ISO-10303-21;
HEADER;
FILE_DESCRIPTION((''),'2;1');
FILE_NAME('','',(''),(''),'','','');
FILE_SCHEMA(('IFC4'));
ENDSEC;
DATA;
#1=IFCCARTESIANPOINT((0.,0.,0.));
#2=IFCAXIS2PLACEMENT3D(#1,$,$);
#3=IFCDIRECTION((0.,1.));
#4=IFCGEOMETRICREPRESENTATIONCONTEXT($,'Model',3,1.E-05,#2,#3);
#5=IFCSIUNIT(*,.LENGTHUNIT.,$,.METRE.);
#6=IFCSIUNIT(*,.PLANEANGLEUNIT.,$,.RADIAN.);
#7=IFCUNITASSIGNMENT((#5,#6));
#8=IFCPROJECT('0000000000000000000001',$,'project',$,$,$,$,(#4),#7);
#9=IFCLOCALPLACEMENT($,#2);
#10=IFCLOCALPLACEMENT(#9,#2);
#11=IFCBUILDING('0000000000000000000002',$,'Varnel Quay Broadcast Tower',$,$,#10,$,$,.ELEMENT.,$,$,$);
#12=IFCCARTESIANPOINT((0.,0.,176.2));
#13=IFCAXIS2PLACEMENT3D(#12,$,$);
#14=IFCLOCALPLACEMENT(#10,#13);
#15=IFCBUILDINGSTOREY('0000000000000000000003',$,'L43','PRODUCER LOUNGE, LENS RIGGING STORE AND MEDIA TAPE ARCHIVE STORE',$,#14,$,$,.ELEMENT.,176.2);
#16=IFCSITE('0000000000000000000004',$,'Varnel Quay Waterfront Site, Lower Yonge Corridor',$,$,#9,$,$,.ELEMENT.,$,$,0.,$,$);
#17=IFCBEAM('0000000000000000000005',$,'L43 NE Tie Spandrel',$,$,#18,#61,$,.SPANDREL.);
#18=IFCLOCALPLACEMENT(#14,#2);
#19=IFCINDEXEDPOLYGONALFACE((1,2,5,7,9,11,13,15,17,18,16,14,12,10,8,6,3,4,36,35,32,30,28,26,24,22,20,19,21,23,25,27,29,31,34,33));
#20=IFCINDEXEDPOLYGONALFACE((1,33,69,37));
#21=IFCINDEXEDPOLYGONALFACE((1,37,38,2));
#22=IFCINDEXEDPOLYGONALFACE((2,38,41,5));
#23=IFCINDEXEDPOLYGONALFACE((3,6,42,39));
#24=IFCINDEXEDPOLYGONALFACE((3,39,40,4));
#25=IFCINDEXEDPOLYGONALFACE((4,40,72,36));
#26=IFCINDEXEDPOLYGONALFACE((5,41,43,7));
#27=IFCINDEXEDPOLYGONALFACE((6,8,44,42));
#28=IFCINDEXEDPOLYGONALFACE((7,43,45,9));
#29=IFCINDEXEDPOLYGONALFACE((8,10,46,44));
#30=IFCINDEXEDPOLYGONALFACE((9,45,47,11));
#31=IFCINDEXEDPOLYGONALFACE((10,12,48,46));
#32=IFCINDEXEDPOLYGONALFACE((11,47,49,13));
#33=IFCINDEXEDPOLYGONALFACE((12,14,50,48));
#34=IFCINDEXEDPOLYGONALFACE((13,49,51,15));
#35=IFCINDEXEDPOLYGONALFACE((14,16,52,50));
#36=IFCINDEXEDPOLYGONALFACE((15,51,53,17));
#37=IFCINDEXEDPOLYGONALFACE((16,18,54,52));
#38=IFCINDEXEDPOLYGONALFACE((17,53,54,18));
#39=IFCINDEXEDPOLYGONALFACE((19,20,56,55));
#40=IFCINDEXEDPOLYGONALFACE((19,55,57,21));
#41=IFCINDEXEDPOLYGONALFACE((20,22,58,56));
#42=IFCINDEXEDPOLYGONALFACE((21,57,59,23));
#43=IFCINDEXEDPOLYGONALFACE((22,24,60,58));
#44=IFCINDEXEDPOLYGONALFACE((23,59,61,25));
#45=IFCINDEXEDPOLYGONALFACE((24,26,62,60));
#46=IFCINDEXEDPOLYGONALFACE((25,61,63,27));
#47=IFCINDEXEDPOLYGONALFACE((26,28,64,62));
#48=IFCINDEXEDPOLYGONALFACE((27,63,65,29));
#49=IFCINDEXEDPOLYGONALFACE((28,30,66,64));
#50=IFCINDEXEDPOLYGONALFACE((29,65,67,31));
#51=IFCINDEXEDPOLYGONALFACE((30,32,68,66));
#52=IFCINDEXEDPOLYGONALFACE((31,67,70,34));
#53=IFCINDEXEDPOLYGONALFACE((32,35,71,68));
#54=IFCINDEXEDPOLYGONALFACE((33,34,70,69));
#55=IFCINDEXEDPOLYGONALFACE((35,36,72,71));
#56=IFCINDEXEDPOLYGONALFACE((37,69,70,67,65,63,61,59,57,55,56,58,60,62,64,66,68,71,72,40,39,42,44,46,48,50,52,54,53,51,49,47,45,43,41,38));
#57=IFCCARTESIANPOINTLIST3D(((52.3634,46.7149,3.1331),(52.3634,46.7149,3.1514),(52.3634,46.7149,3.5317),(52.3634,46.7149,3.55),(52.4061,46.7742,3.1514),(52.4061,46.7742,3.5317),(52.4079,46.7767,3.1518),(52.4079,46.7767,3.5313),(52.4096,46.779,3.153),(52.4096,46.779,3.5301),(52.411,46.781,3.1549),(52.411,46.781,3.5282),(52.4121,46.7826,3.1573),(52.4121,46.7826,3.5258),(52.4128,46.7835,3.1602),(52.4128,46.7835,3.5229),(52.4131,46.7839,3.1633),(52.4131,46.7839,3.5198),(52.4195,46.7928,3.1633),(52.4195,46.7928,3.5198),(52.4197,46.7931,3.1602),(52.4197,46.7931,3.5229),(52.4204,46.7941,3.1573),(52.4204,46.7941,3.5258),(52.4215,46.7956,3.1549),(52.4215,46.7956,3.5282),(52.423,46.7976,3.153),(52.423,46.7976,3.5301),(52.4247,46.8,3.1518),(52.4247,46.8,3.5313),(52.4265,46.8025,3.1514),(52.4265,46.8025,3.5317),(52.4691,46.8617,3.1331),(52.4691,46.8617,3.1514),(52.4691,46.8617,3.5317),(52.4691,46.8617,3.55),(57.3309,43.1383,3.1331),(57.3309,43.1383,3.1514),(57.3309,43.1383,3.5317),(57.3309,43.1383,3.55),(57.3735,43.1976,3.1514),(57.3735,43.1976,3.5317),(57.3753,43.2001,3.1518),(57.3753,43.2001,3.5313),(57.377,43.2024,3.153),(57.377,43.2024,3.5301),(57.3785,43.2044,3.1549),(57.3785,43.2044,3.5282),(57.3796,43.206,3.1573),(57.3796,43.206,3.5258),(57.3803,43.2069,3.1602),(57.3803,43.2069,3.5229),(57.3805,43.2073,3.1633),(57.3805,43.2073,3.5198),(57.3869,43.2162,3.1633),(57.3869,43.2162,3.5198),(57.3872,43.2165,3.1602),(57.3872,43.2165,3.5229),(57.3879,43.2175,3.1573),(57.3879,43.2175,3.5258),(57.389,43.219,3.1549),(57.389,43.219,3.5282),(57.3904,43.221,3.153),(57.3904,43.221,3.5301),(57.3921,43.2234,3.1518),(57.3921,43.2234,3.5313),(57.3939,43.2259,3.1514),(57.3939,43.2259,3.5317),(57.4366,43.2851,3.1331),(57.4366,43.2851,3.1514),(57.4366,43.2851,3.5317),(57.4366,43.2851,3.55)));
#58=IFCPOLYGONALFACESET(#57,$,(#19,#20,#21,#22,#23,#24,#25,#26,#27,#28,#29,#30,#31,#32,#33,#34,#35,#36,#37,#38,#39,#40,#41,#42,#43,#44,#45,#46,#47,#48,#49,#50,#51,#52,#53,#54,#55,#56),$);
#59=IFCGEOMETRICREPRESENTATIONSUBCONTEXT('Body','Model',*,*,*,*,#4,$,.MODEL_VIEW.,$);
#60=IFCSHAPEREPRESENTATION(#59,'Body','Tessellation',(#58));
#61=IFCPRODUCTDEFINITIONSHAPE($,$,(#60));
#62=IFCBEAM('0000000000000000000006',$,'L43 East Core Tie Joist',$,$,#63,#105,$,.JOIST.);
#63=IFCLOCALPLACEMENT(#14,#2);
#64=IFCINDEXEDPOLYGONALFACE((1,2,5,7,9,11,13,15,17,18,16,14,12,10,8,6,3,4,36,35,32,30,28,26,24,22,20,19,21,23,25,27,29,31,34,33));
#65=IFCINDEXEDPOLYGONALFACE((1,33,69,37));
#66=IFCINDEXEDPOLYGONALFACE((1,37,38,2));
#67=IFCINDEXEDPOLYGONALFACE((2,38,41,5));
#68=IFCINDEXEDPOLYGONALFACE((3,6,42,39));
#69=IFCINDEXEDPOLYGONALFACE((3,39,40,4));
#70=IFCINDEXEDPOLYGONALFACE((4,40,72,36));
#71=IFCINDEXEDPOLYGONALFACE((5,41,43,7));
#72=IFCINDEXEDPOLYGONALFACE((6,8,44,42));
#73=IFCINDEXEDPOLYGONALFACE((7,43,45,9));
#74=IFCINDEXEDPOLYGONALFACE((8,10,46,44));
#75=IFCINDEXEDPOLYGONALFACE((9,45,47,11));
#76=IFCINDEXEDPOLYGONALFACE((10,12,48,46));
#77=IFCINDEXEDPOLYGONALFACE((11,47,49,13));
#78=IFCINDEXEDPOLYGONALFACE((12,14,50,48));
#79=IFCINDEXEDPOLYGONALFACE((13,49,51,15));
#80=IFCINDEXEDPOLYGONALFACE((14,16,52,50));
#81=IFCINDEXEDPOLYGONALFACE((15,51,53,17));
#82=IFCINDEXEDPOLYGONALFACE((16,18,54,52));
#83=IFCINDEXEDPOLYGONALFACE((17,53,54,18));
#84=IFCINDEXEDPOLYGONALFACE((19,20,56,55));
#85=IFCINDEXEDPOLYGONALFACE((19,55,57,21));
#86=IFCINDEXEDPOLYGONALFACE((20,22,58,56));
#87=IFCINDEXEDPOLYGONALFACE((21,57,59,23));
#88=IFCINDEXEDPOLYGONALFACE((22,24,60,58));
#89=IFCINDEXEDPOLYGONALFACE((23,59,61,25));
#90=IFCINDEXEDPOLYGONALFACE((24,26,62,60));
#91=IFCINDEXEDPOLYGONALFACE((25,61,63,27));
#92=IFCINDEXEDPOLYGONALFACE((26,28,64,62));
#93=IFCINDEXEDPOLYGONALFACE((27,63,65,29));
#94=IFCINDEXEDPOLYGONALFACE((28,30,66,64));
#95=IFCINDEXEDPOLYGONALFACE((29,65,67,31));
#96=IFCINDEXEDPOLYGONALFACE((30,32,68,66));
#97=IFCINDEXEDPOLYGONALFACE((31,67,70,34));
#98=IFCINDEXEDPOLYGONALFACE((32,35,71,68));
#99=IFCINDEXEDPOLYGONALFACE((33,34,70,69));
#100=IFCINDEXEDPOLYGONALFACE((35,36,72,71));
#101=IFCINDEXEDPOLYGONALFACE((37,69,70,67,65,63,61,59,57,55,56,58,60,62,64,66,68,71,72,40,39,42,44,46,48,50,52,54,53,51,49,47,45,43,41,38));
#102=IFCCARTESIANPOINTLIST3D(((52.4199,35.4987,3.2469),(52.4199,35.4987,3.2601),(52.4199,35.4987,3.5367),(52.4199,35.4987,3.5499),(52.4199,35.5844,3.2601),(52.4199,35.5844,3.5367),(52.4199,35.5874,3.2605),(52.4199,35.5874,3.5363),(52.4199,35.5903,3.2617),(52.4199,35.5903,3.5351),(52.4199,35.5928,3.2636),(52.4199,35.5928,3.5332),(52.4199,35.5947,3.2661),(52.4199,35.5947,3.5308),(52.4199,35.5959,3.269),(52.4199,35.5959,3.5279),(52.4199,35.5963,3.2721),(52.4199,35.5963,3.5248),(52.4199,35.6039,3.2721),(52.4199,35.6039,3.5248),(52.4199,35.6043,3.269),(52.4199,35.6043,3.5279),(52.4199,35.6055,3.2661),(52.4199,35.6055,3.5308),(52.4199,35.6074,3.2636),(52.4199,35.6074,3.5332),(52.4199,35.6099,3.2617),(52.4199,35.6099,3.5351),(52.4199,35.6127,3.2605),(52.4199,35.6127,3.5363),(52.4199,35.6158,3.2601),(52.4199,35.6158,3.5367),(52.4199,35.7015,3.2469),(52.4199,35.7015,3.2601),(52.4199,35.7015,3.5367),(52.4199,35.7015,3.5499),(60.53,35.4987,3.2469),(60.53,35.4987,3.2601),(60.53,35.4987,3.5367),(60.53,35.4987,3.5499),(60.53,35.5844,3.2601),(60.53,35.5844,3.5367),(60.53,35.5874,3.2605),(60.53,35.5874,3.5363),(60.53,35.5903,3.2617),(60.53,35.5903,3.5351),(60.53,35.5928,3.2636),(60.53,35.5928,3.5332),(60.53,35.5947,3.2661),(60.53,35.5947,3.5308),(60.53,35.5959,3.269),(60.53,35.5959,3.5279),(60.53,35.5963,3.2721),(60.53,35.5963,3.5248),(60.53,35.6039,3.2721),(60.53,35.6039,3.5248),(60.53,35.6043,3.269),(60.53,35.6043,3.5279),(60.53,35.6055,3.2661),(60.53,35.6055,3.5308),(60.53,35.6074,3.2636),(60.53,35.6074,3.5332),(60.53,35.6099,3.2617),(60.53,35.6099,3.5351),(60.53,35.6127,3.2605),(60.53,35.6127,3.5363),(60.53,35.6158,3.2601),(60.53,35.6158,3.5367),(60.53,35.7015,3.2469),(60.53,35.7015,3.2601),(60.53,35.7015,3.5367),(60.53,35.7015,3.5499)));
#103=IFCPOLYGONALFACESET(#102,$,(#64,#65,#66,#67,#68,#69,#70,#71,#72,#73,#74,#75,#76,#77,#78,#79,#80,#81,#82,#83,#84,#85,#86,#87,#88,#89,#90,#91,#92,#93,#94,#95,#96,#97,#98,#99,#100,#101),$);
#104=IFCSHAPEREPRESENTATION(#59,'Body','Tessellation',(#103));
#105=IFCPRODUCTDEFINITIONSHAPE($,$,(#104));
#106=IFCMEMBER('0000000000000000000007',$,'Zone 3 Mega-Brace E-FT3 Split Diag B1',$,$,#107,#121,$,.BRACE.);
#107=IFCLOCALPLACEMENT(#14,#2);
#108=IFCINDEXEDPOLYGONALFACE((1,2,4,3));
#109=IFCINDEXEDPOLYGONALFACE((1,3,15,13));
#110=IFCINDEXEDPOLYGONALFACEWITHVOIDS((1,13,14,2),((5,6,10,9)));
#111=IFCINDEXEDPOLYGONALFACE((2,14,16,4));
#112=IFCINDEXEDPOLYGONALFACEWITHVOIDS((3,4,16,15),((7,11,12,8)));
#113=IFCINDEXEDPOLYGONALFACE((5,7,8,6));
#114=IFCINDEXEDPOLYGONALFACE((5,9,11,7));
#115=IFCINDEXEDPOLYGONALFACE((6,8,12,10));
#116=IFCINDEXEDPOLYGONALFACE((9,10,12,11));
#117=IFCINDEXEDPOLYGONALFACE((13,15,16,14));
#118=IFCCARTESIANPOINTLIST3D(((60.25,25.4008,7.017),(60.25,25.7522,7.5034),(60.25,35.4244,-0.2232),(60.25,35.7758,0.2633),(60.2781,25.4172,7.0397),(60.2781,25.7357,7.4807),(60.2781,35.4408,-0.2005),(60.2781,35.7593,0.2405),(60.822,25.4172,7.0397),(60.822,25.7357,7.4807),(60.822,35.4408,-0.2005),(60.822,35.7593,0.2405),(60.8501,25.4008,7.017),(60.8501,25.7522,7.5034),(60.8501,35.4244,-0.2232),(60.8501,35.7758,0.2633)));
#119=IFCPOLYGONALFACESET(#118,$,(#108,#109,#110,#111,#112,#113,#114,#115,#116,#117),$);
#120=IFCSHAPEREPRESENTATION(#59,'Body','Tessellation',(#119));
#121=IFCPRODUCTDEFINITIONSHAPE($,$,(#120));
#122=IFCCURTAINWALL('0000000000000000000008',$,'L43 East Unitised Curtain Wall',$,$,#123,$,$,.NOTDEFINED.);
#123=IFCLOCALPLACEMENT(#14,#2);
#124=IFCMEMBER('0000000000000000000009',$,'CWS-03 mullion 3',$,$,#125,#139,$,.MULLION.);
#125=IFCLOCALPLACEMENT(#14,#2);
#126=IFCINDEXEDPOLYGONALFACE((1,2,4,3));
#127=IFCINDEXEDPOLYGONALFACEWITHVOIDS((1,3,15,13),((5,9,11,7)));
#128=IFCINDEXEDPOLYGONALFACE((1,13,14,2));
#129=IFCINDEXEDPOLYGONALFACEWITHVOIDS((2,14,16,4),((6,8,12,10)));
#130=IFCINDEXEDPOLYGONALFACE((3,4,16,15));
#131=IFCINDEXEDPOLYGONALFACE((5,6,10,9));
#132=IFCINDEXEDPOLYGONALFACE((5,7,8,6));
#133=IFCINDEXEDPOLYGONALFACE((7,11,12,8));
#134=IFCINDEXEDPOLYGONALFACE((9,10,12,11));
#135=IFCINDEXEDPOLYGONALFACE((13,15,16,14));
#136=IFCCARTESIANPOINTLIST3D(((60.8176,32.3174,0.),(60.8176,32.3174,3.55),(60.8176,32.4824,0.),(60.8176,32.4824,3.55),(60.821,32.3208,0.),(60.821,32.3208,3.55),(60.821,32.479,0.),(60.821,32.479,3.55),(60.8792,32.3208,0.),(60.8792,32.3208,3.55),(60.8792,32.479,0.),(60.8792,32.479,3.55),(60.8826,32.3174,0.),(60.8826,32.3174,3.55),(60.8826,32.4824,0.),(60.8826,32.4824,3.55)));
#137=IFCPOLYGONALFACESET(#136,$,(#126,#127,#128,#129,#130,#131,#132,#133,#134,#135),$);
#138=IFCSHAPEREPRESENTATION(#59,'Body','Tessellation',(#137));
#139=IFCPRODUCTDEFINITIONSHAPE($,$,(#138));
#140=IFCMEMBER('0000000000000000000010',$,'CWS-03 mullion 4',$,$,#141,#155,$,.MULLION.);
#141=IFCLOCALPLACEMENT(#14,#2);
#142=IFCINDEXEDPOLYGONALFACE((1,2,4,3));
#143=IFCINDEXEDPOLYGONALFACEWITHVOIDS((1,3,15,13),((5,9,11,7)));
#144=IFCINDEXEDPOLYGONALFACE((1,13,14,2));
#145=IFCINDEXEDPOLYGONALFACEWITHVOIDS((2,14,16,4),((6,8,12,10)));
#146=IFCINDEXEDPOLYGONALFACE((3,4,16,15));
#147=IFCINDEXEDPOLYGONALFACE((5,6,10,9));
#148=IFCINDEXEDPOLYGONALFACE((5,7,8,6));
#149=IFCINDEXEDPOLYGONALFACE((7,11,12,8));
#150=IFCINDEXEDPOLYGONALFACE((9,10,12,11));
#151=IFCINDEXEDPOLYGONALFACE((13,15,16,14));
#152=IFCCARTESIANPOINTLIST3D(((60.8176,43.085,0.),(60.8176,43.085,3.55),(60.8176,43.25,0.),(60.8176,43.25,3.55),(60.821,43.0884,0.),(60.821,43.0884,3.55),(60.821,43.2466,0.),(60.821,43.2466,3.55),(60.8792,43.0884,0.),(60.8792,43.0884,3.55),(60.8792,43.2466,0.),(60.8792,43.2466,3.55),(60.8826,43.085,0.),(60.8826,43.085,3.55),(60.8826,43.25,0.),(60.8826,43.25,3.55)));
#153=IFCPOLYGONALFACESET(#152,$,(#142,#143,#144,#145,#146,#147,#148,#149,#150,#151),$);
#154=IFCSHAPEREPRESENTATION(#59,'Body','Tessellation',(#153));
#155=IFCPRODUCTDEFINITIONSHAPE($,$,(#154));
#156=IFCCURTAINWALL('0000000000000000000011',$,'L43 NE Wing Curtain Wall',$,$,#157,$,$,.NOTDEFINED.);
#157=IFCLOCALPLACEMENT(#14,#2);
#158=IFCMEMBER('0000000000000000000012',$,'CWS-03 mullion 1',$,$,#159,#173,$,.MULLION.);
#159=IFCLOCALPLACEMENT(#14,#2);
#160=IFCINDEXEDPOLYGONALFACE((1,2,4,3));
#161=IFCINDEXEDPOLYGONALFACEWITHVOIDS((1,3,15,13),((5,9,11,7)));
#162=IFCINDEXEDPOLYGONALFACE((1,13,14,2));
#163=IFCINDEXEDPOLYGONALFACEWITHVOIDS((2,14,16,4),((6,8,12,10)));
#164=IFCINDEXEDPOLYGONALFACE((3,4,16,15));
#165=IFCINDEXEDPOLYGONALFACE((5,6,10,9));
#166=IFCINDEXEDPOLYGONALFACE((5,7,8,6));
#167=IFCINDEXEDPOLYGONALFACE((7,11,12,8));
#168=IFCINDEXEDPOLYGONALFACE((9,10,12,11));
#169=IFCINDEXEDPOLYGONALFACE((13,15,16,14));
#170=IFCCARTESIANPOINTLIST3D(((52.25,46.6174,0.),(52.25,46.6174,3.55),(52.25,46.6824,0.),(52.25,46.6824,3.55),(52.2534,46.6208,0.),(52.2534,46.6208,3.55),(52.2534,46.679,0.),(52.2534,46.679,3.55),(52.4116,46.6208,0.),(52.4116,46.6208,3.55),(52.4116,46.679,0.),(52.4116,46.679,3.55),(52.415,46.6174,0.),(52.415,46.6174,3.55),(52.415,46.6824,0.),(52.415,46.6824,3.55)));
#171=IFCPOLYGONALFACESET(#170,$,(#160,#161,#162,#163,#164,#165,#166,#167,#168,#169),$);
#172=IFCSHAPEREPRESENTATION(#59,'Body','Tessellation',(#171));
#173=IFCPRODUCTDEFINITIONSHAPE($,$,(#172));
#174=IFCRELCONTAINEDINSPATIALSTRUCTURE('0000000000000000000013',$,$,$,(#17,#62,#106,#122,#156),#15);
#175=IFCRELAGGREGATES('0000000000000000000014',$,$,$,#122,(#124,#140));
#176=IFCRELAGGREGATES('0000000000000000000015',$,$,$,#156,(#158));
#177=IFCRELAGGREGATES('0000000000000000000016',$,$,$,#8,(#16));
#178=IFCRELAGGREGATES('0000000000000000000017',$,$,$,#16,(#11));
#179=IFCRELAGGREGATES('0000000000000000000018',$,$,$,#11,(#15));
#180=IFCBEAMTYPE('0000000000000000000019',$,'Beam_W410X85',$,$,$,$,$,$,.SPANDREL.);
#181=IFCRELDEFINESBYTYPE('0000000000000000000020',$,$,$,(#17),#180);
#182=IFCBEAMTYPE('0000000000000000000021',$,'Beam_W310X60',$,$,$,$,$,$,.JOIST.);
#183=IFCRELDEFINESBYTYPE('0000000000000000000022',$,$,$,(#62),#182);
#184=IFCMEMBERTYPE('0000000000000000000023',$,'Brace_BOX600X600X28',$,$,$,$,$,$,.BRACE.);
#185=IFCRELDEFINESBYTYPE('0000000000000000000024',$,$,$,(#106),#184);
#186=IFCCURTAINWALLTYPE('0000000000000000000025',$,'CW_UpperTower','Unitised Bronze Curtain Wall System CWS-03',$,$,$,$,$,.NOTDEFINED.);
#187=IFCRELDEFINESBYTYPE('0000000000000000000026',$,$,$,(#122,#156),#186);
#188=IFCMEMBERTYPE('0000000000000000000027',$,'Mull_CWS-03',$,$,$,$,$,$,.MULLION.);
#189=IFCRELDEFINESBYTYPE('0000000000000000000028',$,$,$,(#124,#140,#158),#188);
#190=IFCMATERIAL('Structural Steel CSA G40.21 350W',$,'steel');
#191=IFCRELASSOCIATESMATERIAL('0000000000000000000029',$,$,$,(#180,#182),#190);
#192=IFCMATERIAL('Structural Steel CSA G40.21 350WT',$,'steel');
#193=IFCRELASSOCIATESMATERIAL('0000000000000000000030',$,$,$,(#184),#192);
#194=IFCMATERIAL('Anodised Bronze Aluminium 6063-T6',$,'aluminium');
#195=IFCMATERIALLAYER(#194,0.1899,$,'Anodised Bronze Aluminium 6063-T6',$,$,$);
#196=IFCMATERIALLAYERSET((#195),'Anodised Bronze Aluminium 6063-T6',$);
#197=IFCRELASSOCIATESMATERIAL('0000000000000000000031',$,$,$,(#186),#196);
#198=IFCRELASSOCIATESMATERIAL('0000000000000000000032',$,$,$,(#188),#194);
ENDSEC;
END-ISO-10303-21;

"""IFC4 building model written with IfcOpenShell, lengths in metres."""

from ifc_helpers import new_model, si_unit, direction, frame, origin, origin_2d, place, context, subcontext, project, spatial, hollow_rectangle, i_section, extrude, source, transform, mapped, material, layer, layer_set, material_profile, profile_set, type_object, type_shapes, element, aggregate, save


model = new_model("IFC4")

# Units and contexts
model_context = context("Model", 3, precision=1e-05, world=origin(), true_north=direction((0.0, 1.0)))
body_context = subcontext(model_context, "Body", "Model", "MODEL_VIEW")
ifc_project = project(units=[si_unit("LENGTHUNIT", "METRE"), si_unit("PLANEANGLEUNIT", "RADIAN")], contexts=[model_context])

# Site, building, storey
site_placement = place(None, origin())
site = spatial("IfcSite", under=ifc_project, at=site_placement, Name="Varnel Quay Waterfront Site, Lower Yonge Corridor", CompositionType="ELEMENT", RefElevation=0.0)
building_placement = place(site_placement, origin())
building = spatial("IfcBuilding", under=site, at=building_placement, Name="Varnel Quay Broadcast Tower", CompositionType="ELEMENT")
storey_placement = place(building_placement, frame((0.0, 0.0, 176.2)))
storey = spatial("IfcBuildingStorey", under=building, at=storey_placement, Name="L43", Description="PRODUCER LOUNGE, LENS RIGGING STORE AND MEDIA TAPE ARCHIVE STORE", CompositionType="ELEMENT", Elevation=176.2)

# Shared definitions
ifc_material_1 = material(Name="Structural Steel CSA G40.21 350WT", Category="steel")
ifc_material_2 = material(Name="Structural Steel CSA G40.21 350W", Category="steel")

# Beams
ifc_material_profile_1 = material_profile(ifc_material_2, i_section(OverallWidth=0.1809, OverallDepth=0.417, WebThickness=0.011, FlangeThickness=0.0183, FilletRadius=0.012, at=origin_2d()), Name="W410X85")
ifc_profile_set_1 = profile_set([ifc_material_profile_1], Name="Structural Steel CSA G40.21 350W")
beam_type_1 = type_object("IfcBeamType", Name="Beam_W410X85", PredefinedType="SPANDREL", material=ifc_profile_set_1)
shared_shape_1 = source(origin(), body_context, "Body", "SweptSolid", [
    extrude(i_section(OverallWidth=0.1809, OverallDepth=0.417, WebThickness=0.011, FlangeThickness=0.0183, FilletRadius=0.012, at=origin_2d()), origin(), (0.0, 0.0, 1.0), 6.1211),
])
beam_1_placement = place(storey_placement, frame((52.4163, 46.7883, 3.3416), z_axis=(0.811531, -0.584309, 0.0), x_axis=(0.584309, 0.811531, 0.0)))
element("IfcBeam", 1, at=beam_1_placement, inside=storey, type_object=beam_type_1, Name="L43 NE Tie Spandrel", PredefinedType="SPANDREL", context=body_context, shape_type="MappedRepresentation", body=[
    mapped(shared_shape_1, transform((0.0, 0.0, 0.0), x_axis=(1.0, 0.0, 0.0), y_axis=(0.0, 1.0, 0.0), z_axis=(0.0, 0.0, 1.0), scale=1.0)),
])
ifc_material_profile_2 = material_profile(ifc_material_2, i_section(OverallWidth=0.2029, OverallDepth=0.303, WebThickness=0.0076, FlangeThickness=0.0132, FilletRadius=0.012, at=origin_2d()), Name="W310X60")
ifc_profile_set_2 = profile_set([ifc_material_profile_2], Name="Structural Steel CSA G40.21 350W")
beam_type_2 = type_object("IfcBeamType", Name="Beam_W310X60", PredefinedType="JOIST", material=ifc_profile_set_2)
shared_shape_2 = source(origin(), body_context, "Body", "SweptSolid", [
    extrude(i_section(OverallWidth=0.2029, OverallDepth=0.303, WebThickness=0.0076, FlangeThickness=0.0132, FilletRadius=0.012, at=origin_2d()), origin(), (0.0, 0.0, 1.0), 8.1101),
])
type_shapes(beam_type_2, [shared_shape_2])
beam_2_placement = place(storey_placement, frame((52.4199, 35.6001, 3.3984), z_axis=(1.0, 0.0, 0.0), x_axis=(0.0, 1.0, 0.0)))
element("IfcBeam", 2, at=beam_2_placement, inside=storey, type_object=beam_type_2, Name="L43 East Core Tie Joist", PredefinedType="JOIST", context=body_context, shape_type="MappedRepresentation", body=[
    mapped(shared_shape_2, transform((0.0, 0.0, 0.0), x_axis=(1.0, 0.0, 0.0), y_axis=(0.0, 1.0, 0.0), z_axis=(0.0, 0.0, 1.0), scale=1.0)),
])

# Member
ifc_material_profile_3 = material_profile(ifc_material_1, hollow_rectangle(XDim=0.6001, YDim=0.6001, WallThickness=0.0281, at=origin_2d()), Name="BOX600X600X28")
ifc_profile_set_3 = profile_set([ifc_material_profile_3], Name="Structural Steel CSA G40.21 350WT")
member_type_1 = type_object("IfcMemberType", Name="Brace_BOX600X600X28", PredefinedType="BRACE", material=ifc_profile_set_3)
shared_shape_3 = source(origin(), body_context, "Body", "SweptSolid", [
    extrude(hollow_rectangle(XDim=0.6001, YDim=0.6001, WallThickness=0.0281, at=origin_2d()), origin(), (0.0, 0.0, 1.0), 12.365),
])
type_shapes(member_type_1, [shared_shape_3])
member_1_placement = place(storey_placement, frame((60.55, 35.6001, 0.02), z_axis=(0.0, -0.810644, 0.585539), x_axis=(1.0, 0.0, 0.0)))
element("IfcMember", 3, at=member_1_placement, inside=storey, type_object=member_type_1, Name="Zone 3 Mega-Brace E-FT3 Split Diag B1", PredefinedType="BRACE", context=body_context, shape_type="MappedRepresentation", body=[
    mapped(shared_shape_3, transform((0.0, 0.0, 0.0), x_axis=(1.0, 0.0, 0.0), y_axis=(0.0, 1.0, 0.0), z_axis=(0.0, 0.0, 1.0), scale=1.0)),
])

# Curtain walls, members
ifc_material_3 = material(Name="Anodised Bronze Aluminium 6063-T6", Category="aluminium")
ifc_layer_1 = layer(ifc_material_3, 0.1899, Name="Anodised Bronze Aluminium 6063-T6")
ifc_layer_set_1 = layer_set([ifc_layer_1], Name="Anodised Bronze Aluminium 6063-T6")
curtain_wall_type = type_object("IfcCurtainWallType", Name="CW_UpperTower", Description="Unitised Bronze Curtain Wall System CWS-03", PredefinedType="NOTDEFINED", material=ifc_layer_set_1)
curtain_wall_1_placement = place(storey_placement, origin())
curtain_wall_1 = element("IfcCurtainWall", 4, at=curtain_wall_1_placement, inside=storey, type_object=curtain_wall_type, Name="L43 East Unitised Curtain Wall", PredefinedType="NOTDEFINED")
ifc_material_profile_4 = material_profile(ifc_material_3, hollow_rectangle(XDim=0.0649, YDim=0.165, WallThickness=0.0034, at=origin_2d()), Name="ALU65X165X3.5")
ifc_profile_set_4 = profile_set([ifc_material_profile_4], Name="Anodised Bronze Aluminium 6063-T6")
member_type_2 = type_object("IfcMemberType", Name="Mull_CWS-03", PredefinedType="MULLION", material=ifc_profile_set_4)
shared_shape_4 = source(origin(), body_context, "Body", "SweptSolid", [
    extrude(hollow_rectangle(XDim=0.0649, YDim=0.165, WallThickness=0.0034, at=origin_2d()), origin(), (0.0, 0.0, 1.0), 3.55),
])
type_shapes(member_type_2, [shared_shape_4])
member_2_placement = place(storey_placement, frame((60.8501, 32.3999, 0.0), z_axis=(0.0, 0.0, 1.0), x_axis=(-1.0, 0.0, 0.0)))
member_2 = element("IfcMember", 5, at=member_2_placement, type_object=member_type_2, Name="CWS-03 mullion 3", PredefinedType="MULLION", context=body_context, shape_type="MappedRepresentation", body=[
    mapped(shared_shape_4, transform((0.0, 0.0, 0.0), x_axis=(1.0, 0.0, 0.0), y_axis=(0.0, 1.0, 0.0), z_axis=(0.0, 0.0, 1.0), scale=1.0)),
])
member_3_placement = place(storey_placement, frame((60.8501, 43.1675, 0.0), z_axis=(0.0, 0.0, 1.0), x_axis=(-1.0, 0.0, 0.0)))
member_3 = element("IfcMember", 6, at=member_3_placement, type_object=member_type_2, Name="CWS-03 mullion 4", PredefinedType="MULLION", context=body_context, shape_type="MappedRepresentation", body=[
    mapped(shared_shape_4, transform((0.0, 0.0, 0.0), x_axis=(1.0, 0.0, 0.0), y_axis=(0.0, 1.0, 0.0), z_axis=(0.0, 0.0, 1.0), scale=1.0)),
])
curtain_wall_2_placement = place(storey_placement, origin())
curtain_wall_2 = element("IfcCurtainWall", 7, at=curtain_wall_2_placement, inside=storey, type_object=curtain_wall_type, Name="L43 NE Wing Curtain Wall", PredefinedType="NOTDEFINED")
member_4_placement = place(storey_placement, frame((52.3325, 46.6499, 0.0), z_axis=(0.0, 0.0, 1.0), x_axis=(0.0, 1.0, 0.0)))
member_4 = element("IfcMember", 8, at=member_4_placement, type_object=member_type_2, Name="CWS-03 mullion 1", PredefinedType="MULLION", context=body_context, shape_type="MappedRepresentation", body=[
    mapped(shared_shape_4, transform((0.0, 0.0, 0.0), x_axis=(1.0, 0.0, 0.0), y_axis=(0.0, 1.0, 0.0), z_axis=(0.0, 0.0, 1.0), scale=1.0)),
])

aggregate(curtain_wall_1, [member_2, member_3])
aggregate(curtain_wall_2, [member_4])

save(model, "model.ifc")
